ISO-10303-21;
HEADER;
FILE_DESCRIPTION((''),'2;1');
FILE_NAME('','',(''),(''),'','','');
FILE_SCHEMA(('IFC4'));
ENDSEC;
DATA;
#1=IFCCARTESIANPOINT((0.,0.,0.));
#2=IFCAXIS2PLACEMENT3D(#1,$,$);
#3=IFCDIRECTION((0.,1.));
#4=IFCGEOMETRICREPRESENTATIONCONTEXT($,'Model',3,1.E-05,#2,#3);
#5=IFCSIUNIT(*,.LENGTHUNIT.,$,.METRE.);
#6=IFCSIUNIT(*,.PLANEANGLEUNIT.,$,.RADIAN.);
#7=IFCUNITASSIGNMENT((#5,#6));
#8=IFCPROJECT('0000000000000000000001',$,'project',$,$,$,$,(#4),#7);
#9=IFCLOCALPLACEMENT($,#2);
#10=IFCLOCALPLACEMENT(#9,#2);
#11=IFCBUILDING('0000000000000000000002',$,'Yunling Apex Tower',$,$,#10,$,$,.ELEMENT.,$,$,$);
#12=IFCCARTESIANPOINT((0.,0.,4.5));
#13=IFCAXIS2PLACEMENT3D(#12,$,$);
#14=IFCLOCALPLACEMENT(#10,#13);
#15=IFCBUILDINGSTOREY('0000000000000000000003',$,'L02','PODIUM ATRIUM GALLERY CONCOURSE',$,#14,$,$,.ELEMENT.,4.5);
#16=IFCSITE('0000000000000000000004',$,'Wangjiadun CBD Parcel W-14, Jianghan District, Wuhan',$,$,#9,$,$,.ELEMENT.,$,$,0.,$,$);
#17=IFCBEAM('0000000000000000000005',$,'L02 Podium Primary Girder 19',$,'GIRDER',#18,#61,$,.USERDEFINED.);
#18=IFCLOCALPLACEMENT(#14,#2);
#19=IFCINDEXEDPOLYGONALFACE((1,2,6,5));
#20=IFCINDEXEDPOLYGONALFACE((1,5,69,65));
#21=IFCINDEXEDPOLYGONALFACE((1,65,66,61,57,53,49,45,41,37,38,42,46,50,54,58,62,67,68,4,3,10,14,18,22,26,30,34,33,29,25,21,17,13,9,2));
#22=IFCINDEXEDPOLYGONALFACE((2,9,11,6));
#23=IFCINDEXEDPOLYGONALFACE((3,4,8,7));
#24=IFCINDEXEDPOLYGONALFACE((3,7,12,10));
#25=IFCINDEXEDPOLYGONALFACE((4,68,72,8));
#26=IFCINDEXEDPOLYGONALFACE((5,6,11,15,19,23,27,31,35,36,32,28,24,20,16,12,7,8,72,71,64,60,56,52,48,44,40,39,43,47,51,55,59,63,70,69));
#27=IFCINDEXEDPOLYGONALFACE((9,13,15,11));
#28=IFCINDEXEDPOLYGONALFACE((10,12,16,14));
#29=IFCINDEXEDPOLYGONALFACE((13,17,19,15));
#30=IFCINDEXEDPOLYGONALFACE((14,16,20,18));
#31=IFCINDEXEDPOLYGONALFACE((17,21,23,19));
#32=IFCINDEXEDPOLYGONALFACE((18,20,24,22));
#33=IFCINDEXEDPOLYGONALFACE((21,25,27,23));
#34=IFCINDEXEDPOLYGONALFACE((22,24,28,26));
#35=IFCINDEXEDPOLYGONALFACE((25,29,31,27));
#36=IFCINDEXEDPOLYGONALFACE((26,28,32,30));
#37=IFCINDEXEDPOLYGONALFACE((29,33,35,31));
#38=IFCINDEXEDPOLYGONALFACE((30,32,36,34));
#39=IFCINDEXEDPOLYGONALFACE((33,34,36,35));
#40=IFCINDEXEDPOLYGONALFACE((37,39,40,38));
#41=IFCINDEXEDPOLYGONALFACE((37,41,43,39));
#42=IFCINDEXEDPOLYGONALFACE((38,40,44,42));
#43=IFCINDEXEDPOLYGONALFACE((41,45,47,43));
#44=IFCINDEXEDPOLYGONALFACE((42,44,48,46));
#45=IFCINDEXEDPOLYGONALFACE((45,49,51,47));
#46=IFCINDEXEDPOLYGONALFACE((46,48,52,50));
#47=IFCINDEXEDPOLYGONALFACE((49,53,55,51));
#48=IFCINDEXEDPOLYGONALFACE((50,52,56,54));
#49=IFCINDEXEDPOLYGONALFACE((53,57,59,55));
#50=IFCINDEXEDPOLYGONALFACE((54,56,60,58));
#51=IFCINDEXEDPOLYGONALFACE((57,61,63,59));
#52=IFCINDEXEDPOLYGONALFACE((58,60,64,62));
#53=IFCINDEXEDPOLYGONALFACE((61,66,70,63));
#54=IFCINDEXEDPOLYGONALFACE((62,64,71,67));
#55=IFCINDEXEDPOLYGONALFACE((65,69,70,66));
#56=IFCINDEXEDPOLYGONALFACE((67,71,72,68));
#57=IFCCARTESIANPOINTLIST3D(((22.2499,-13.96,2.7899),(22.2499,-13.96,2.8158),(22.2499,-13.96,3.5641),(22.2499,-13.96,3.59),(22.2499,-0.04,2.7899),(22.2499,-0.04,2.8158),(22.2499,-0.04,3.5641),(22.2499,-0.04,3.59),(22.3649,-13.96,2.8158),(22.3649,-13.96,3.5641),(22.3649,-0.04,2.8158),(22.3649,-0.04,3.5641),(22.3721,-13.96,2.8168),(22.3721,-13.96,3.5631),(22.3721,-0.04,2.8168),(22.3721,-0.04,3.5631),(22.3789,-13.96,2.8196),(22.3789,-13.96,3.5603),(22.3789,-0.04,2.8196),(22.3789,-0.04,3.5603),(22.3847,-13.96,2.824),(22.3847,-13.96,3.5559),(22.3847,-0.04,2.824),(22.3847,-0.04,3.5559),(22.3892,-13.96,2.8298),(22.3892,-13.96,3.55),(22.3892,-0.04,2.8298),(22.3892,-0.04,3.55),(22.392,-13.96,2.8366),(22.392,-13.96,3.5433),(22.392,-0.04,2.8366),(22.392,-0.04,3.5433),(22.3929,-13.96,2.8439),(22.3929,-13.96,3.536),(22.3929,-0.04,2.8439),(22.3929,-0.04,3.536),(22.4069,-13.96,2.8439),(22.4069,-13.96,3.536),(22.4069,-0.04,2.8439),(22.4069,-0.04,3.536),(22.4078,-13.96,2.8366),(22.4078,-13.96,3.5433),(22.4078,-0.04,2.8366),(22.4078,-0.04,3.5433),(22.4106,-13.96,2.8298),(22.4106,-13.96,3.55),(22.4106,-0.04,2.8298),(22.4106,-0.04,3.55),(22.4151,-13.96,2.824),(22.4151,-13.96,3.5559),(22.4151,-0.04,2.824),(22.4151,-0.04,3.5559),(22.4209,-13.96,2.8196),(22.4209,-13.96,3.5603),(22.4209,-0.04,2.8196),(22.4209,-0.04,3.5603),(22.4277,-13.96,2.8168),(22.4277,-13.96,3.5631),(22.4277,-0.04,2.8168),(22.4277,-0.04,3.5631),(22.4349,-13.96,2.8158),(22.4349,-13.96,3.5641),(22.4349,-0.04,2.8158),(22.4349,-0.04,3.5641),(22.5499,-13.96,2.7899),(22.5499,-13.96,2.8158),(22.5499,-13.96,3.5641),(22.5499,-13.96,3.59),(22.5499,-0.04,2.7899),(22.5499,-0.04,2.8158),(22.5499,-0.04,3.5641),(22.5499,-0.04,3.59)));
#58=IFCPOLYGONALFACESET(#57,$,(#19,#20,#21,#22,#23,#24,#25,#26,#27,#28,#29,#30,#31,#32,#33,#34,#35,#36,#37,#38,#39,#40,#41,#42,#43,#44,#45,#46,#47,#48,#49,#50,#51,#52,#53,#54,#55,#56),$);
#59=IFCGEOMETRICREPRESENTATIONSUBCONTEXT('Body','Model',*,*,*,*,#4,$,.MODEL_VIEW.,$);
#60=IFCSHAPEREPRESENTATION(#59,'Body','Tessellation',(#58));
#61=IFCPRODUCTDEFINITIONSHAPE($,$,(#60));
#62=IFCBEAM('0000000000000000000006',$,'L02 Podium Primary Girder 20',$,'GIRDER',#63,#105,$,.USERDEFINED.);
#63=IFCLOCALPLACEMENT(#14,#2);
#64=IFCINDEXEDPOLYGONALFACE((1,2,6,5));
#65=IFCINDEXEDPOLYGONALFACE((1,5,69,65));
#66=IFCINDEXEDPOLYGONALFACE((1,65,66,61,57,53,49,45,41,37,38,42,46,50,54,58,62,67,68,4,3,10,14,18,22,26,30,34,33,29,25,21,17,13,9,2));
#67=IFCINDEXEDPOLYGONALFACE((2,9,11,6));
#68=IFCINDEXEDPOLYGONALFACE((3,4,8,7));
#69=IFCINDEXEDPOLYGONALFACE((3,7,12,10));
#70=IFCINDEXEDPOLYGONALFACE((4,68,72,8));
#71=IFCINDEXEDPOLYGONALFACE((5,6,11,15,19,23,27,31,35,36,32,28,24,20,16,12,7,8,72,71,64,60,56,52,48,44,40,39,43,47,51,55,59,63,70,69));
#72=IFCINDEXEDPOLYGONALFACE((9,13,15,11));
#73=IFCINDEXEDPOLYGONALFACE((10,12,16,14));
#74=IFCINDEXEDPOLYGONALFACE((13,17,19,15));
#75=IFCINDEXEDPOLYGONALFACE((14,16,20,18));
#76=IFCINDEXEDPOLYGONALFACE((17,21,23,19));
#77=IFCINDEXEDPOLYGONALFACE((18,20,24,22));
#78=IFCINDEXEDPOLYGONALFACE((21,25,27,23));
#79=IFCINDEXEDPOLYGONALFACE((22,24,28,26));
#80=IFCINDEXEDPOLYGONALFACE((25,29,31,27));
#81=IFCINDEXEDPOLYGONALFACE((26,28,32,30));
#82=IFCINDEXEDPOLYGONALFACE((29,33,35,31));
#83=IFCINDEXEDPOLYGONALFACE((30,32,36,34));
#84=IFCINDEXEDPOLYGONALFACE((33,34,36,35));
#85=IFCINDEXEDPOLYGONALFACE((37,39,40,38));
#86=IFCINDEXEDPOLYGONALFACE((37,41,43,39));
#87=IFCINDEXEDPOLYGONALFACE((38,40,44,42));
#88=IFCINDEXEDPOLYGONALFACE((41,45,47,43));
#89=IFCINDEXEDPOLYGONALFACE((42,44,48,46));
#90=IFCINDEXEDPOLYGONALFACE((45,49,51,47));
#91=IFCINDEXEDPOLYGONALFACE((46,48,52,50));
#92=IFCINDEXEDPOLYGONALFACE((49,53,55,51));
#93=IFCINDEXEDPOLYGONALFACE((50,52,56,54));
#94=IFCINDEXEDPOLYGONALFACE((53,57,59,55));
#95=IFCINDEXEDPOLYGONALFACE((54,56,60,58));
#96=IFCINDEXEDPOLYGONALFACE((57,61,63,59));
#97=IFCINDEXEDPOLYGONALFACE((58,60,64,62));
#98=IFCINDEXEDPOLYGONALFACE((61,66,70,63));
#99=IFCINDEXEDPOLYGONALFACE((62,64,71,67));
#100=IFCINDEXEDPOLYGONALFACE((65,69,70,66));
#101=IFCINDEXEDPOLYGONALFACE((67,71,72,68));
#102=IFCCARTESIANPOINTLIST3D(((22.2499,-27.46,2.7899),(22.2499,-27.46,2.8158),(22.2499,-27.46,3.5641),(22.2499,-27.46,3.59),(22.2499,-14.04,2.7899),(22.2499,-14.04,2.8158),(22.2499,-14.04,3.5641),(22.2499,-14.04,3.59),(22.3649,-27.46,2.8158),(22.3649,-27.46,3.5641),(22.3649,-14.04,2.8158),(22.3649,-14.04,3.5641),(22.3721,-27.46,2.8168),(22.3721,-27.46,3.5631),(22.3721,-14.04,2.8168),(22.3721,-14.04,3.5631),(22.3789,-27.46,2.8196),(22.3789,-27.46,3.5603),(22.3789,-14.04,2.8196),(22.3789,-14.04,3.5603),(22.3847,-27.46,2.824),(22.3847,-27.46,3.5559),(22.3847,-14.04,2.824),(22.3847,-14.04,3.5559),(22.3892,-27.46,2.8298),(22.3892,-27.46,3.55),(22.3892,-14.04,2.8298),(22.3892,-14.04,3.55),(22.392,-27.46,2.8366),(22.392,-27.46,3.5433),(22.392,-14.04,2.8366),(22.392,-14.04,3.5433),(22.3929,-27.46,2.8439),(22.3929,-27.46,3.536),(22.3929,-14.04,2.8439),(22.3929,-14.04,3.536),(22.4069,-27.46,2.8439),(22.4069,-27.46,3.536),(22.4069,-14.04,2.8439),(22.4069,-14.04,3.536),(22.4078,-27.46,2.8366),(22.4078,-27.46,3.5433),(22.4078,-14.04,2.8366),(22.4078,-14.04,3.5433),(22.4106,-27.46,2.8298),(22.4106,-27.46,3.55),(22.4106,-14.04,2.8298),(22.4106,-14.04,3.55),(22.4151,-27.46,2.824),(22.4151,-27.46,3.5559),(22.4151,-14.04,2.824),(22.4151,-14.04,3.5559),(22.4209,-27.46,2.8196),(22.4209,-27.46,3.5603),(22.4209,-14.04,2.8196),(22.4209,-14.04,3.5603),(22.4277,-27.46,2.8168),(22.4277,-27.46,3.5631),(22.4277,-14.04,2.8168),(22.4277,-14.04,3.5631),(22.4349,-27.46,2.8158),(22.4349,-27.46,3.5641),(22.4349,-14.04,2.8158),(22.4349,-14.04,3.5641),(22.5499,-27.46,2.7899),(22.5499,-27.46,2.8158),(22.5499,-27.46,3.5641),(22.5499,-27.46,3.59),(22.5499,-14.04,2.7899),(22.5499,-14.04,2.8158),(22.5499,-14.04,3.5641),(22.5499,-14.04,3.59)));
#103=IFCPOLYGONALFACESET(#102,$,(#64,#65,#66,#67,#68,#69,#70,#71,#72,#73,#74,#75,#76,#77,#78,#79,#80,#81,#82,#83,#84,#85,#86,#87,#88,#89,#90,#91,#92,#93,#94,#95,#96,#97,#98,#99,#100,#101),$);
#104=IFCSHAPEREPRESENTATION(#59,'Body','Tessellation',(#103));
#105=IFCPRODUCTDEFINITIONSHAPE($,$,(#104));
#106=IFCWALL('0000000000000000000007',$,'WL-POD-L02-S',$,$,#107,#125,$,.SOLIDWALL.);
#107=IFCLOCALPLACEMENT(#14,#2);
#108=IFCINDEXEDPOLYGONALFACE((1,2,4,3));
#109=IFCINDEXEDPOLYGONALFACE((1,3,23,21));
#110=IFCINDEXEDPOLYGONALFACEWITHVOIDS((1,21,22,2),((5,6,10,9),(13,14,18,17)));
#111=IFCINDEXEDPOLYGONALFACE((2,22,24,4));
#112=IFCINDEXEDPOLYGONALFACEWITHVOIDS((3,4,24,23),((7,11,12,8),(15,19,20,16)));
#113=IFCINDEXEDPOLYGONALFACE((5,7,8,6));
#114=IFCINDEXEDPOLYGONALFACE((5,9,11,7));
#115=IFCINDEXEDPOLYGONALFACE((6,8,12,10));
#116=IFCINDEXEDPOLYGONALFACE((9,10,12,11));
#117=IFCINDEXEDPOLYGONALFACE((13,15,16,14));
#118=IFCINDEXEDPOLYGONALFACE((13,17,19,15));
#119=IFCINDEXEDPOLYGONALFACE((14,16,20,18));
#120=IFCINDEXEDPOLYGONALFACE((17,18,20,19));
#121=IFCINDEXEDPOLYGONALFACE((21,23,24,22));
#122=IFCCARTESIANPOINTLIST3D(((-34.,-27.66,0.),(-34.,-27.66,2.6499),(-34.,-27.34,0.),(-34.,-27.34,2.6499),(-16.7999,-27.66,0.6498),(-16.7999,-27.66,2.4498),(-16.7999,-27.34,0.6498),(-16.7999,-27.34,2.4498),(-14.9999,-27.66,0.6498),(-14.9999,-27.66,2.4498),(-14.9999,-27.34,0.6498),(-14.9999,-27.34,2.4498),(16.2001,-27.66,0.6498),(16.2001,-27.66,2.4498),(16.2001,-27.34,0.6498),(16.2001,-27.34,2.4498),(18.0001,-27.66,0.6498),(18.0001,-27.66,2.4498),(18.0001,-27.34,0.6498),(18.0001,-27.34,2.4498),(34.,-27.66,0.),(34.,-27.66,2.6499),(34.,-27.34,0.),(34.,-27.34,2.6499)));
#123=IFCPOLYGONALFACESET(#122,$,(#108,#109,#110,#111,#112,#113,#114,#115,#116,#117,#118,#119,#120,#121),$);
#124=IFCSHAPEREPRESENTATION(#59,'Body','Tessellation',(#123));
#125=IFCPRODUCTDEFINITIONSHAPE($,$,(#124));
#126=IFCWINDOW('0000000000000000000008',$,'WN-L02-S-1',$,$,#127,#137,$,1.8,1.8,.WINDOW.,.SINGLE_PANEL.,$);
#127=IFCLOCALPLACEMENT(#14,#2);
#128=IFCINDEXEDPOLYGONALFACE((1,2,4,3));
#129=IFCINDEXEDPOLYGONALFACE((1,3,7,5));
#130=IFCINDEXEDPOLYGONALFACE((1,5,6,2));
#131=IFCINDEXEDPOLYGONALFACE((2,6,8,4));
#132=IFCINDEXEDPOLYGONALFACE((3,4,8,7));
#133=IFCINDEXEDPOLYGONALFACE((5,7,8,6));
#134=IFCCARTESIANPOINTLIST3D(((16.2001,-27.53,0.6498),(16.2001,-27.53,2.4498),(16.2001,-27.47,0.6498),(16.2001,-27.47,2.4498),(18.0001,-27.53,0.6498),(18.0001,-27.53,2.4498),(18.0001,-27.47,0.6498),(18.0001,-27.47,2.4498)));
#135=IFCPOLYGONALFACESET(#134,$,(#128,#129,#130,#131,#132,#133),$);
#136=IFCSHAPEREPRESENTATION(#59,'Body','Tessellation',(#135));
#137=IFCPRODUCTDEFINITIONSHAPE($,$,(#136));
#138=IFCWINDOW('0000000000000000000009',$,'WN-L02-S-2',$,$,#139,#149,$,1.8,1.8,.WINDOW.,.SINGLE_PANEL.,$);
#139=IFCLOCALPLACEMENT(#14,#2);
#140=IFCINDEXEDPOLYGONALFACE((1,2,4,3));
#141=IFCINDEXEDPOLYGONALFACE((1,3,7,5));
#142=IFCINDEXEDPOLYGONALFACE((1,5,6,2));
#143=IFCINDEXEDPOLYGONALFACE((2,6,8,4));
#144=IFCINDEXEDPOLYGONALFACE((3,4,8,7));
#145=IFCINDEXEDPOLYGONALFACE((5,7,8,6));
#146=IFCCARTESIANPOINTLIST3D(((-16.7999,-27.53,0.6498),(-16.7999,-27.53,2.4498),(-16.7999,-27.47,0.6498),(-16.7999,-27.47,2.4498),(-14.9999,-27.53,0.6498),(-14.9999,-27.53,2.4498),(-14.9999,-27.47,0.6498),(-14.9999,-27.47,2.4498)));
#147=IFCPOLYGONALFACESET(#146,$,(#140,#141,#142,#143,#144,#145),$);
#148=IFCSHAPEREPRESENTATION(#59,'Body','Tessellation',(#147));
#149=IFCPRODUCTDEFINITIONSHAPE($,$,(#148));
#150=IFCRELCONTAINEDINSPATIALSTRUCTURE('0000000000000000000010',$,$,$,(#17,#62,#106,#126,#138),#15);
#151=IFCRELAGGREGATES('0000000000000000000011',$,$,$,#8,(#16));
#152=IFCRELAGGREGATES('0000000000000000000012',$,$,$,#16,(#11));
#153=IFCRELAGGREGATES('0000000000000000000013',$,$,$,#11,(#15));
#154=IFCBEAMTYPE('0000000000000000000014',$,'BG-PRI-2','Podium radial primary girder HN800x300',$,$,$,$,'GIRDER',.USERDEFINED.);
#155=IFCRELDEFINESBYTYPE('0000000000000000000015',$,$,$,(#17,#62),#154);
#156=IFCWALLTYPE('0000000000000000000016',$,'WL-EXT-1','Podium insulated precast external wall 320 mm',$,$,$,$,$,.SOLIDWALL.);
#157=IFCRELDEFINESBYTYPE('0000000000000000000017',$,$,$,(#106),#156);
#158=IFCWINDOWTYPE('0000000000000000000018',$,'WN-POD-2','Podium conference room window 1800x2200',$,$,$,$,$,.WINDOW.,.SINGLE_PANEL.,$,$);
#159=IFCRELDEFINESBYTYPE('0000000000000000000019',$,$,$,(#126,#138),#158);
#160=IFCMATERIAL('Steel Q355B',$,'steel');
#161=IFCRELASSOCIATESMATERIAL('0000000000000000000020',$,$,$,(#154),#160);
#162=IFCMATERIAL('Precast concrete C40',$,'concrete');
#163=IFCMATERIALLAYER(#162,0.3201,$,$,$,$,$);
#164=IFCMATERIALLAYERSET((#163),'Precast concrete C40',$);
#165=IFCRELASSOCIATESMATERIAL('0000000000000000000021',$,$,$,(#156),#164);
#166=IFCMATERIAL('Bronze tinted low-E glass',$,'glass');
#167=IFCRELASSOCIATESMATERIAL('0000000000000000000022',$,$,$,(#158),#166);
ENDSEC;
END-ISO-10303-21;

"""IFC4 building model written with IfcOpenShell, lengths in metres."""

from ifc_helpers import new_model, si_unit, direction, frame, frame_2d, origin, origin_2d, place, context, subcontext, project, spatial, rectangle, i_section, extrude, source, transform, mapped, material, layer, layer_set, material_profile, profile_set, type_object, element, fill, save


model = new_model("IFC4")

# Units and contexts
model_context = context("Model", 3, precision=1e-05, world=origin(), true_north=direction((0.0, 1.0)))
body_context = subcontext(model_context, "Body", "Model", "MODEL_VIEW")
ifc_project = project(units=[si_unit("LENGTHUNIT", "METRE"), si_unit("PLANEANGLEUNIT", "RADIAN")], contexts=[model_context])

# Site, building, storey
site_placement = place(None, origin())
site = spatial("IfcSite", under=ifc_project, at=site_placement, Name="Wangjiadun CBD Parcel W-14, Jianghan District, Wuhan", CompositionType="ELEMENT", RefElevation=0.0)
building_placement = place(site_placement, origin())
building = spatial("IfcBuilding", under=site, at=building_placement, Name="Yunling Apex Tower", CompositionType="ELEMENT")
storey_placement = place(building_placement, frame((0.0, 0.0, 4.5)))
storey = spatial("IfcBuildingStorey", under=building, at=storey_placement, Name="L02", Description="PODIUM ATRIUM GALLERY CONCOURSE", CompositionType="ELEMENT", Elevation=4.5)

# Beams
ifc_material_1 = material(Name="Steel Q355B", Category="steel")
ifc_material_profile_1 = material_profile(ifc_material_1, i_section(OverallWidth=0.3, OverallDepth=0.8, WebThickness=0.0139, FlangeThickness=0.0259, FilletRadius=0.0281, at=origin_2d()))
ifc_profile_set_1 = profile_set([ifc_material_profile_1], Name="Steel Q355B")
beam_type_1 = type_object("IfcBeamType", Name="BG-PRI-2", Description="Podium radial primary girder HN800x300", ElementType="GIRDER", PredefinedType="USERDEFINED", material=ifc_profile_set_1)
shared_shape_1 = source(origin(), body_context, "Body", "SweptSolid", [
    extrude(i_section(OverallWidth=0.3, OverallDepth=0.8, WebThickness=0.0139, FlangeThickness=0.0259, FilletRadius=0.0281, at=origin_2d()), origin(), (0.0, 0.0, 1.0), 13.9199),
])
beam_1_placement = place(storey_placement, frame((22.3999, -0.04, 3.1899), z_axis=(0.0, -1.0, 0.0), x_axis=(1.0, 0.0, 0.0)))
element("IfcBeam", 1, at=beam_1_placement, inside=storey, type_object=beam_type_1, Name="L02 Podium Primary Girder 19", ObjectType="GIRDER", PredefinedType="USERDEFINED", context=body_context, shape_type="MappedRepresentation", body=[
    mapped(shared_shape_1, transform((0.0, 0.0, 0.0), scale=1.0)),
])
shared_shape_2 = source(origin(), body_context, "Body", "SweptSolid", [
    extrude(i_section(OverallWidth=0.3, OverallDepth=0.8, WebThickness=0.0139, FlangeThickness=0.0259, FilletRadius=0.0281, at=origin_2d()), origin(), (0.0, 0.0, 1.0), 13.4199),
])
beam_2_placement = place(storey_placement, frame((22.3999, -14.04, 3.1899), z_axis=(0.0, -1.0, 0.0), x_axis=(1.0, 0.0, 0.0)))
element("IfcBeam", 2, at=beam_2_placement, inside=storey, type_object=beam_type_1, Name="L02 Podium Primary Girder 20", ObjectType="GIRDER", PredefinedType="USERDEFINED", context=body_context, shape_type="MappedRepresentation", body=[
    mapped(shared_shape_2, transform((0.0, 0.0, 0.0), scale=1.0)),
])

# Wall, openings, windows
ifc_material_2 = material(Name="Precast concrete C40", Category="concrete")
ifc_layer_1 = layer(ifc_material_2, 0.3201)
ifc_layer_set_1 = layer_set([ifc_layer_1], Name="Precast concrete C40")
wall_type_1 = type_object("IfcWallType", Name="WL-EXT-1", Description="Podium insulated precast external wall 320 mm", PredefinedType="SOLIDWALL", material=ifc_layer_set_1)
wall_1_placement = place(storey_placement, frame((34.0, -27.5, 0.0), z_axis=(0.0, 0.0, 1.0), x_axis=(-1.0, 0.0, 0.0)))
wall_1 = element("IfcWall", 3, at=wall_1_placement, inside=storey, type_object=wall_type_1, Name="WL-POD-L02-S", PredefinedType="SOLIDWALL", context=body_context, shape_type="SweptSolid", body=[
    extrude(rectangle(XDim=68.0, YDim=0.3201, at=frame_2d((34.0, 0.0))), origin(), (0.0, 0.0, 1.0), 2.6499),
])
opening_1_placement = place(wall_1_placement, frame((16.0, 0.0, 0.6499)))
opening_1 = element("IfcOpeningElement", 4, at=opening_1_placement, cuts=wall_1, PredefinedType="OPENING", context=body_context, shape_type="SweptSolid", body=[
    extrude(rectangle(XDim=1.8, YDim=1.8, at=frame_2d((0.8999, 0.8999))), frame((0.0, 0.1699, 0.0), z_axis=(0.0, -1.0, 0.0), x_axis=(1.0, 0.0, 0.0)), (0.0, 0.0, 1.0), 0.3401),
])
opening_2_placement = place(wall_1_placement, frame((49.0, 0.0, 0.6499)))
opening_2 = element("IfcOpeningElement", 5, at=opening_2_placement, cuts=wall_1, PredefinedType="OPENING", context=body_context, shape_type="SweptSolid", body=[
    extrude(rectangle(XDim=1.8, YDim=1.8, at=frame_2d((0.8999, 0.8999))), frame((0.0, 0.1699, 0.0), z_axis=(0.0, -1.0, 0.0), x_axis=(1.0, 0.0, 0.0)), (0.0, 0.0, 1.0), 0.3401),
])
ifc_material_3 = material(Name="Bronze tinted low-E glass", Category="glass")
window_type = type_object("IfcWindowType", Name="WN-POD-2", Description="Podium conference room window 1800x2200", PartitioningType="SINGLE_PANEL", PredefinedType="WINDOW", material=ifc_material_3)
window_1_placement = place(opening_1_placement, origin())
window_1 = element("IfcWindow", 6, at=window_1_placement, inside=storey, type_object=window_type, Name="WN-L02-S-1", OverallHeight=1.8, OverallWidth=1.8, PartitioningType="SINGLE_PANEL", PredefinedType="WINDOW", context=body_context, shape_type="SweptSolid", body=[
    extrude(rectangle(XDim=1.8, YDim=1.8, at=frame_2d((0.8999, 0.8999))), frame((0.0, 0.03, 0.0), z_axis=(0.0, -1.0, 0.0), x_axis=(1.0, 0.0, 0.0)), (0.0, 0.0, 1.0), 0.0601),
])
fill(opening_1, window_1)
window_2_placement = place(opening_2_placement, origin())
window_2 = element("IfcWindow", 7, at=window_2_placement, inside=storey, type_object=window_type, Name="WN-L02-S-2", OverallHeight=1.8, OverallWidth=1.8, PartitioningType="SINGLE_PANEL", PredefinedType="WINDOW", context=body_context, shape_type="SweptSolid", body=[
    extrude(rectangle(XDim=1.8, YDim=1.8, at=frame_2d((0.8999, 0.8999))), frame((0.0, 0.03, 0.0), z_axis=(0.0, -1.0, 0.0), x_axis=(1.0, 0.0, 0.0)), (0.0, 0.0, 1.0), 0.0601),
])
fill(opening_2, window_2)

save(model, "model.ifc")
